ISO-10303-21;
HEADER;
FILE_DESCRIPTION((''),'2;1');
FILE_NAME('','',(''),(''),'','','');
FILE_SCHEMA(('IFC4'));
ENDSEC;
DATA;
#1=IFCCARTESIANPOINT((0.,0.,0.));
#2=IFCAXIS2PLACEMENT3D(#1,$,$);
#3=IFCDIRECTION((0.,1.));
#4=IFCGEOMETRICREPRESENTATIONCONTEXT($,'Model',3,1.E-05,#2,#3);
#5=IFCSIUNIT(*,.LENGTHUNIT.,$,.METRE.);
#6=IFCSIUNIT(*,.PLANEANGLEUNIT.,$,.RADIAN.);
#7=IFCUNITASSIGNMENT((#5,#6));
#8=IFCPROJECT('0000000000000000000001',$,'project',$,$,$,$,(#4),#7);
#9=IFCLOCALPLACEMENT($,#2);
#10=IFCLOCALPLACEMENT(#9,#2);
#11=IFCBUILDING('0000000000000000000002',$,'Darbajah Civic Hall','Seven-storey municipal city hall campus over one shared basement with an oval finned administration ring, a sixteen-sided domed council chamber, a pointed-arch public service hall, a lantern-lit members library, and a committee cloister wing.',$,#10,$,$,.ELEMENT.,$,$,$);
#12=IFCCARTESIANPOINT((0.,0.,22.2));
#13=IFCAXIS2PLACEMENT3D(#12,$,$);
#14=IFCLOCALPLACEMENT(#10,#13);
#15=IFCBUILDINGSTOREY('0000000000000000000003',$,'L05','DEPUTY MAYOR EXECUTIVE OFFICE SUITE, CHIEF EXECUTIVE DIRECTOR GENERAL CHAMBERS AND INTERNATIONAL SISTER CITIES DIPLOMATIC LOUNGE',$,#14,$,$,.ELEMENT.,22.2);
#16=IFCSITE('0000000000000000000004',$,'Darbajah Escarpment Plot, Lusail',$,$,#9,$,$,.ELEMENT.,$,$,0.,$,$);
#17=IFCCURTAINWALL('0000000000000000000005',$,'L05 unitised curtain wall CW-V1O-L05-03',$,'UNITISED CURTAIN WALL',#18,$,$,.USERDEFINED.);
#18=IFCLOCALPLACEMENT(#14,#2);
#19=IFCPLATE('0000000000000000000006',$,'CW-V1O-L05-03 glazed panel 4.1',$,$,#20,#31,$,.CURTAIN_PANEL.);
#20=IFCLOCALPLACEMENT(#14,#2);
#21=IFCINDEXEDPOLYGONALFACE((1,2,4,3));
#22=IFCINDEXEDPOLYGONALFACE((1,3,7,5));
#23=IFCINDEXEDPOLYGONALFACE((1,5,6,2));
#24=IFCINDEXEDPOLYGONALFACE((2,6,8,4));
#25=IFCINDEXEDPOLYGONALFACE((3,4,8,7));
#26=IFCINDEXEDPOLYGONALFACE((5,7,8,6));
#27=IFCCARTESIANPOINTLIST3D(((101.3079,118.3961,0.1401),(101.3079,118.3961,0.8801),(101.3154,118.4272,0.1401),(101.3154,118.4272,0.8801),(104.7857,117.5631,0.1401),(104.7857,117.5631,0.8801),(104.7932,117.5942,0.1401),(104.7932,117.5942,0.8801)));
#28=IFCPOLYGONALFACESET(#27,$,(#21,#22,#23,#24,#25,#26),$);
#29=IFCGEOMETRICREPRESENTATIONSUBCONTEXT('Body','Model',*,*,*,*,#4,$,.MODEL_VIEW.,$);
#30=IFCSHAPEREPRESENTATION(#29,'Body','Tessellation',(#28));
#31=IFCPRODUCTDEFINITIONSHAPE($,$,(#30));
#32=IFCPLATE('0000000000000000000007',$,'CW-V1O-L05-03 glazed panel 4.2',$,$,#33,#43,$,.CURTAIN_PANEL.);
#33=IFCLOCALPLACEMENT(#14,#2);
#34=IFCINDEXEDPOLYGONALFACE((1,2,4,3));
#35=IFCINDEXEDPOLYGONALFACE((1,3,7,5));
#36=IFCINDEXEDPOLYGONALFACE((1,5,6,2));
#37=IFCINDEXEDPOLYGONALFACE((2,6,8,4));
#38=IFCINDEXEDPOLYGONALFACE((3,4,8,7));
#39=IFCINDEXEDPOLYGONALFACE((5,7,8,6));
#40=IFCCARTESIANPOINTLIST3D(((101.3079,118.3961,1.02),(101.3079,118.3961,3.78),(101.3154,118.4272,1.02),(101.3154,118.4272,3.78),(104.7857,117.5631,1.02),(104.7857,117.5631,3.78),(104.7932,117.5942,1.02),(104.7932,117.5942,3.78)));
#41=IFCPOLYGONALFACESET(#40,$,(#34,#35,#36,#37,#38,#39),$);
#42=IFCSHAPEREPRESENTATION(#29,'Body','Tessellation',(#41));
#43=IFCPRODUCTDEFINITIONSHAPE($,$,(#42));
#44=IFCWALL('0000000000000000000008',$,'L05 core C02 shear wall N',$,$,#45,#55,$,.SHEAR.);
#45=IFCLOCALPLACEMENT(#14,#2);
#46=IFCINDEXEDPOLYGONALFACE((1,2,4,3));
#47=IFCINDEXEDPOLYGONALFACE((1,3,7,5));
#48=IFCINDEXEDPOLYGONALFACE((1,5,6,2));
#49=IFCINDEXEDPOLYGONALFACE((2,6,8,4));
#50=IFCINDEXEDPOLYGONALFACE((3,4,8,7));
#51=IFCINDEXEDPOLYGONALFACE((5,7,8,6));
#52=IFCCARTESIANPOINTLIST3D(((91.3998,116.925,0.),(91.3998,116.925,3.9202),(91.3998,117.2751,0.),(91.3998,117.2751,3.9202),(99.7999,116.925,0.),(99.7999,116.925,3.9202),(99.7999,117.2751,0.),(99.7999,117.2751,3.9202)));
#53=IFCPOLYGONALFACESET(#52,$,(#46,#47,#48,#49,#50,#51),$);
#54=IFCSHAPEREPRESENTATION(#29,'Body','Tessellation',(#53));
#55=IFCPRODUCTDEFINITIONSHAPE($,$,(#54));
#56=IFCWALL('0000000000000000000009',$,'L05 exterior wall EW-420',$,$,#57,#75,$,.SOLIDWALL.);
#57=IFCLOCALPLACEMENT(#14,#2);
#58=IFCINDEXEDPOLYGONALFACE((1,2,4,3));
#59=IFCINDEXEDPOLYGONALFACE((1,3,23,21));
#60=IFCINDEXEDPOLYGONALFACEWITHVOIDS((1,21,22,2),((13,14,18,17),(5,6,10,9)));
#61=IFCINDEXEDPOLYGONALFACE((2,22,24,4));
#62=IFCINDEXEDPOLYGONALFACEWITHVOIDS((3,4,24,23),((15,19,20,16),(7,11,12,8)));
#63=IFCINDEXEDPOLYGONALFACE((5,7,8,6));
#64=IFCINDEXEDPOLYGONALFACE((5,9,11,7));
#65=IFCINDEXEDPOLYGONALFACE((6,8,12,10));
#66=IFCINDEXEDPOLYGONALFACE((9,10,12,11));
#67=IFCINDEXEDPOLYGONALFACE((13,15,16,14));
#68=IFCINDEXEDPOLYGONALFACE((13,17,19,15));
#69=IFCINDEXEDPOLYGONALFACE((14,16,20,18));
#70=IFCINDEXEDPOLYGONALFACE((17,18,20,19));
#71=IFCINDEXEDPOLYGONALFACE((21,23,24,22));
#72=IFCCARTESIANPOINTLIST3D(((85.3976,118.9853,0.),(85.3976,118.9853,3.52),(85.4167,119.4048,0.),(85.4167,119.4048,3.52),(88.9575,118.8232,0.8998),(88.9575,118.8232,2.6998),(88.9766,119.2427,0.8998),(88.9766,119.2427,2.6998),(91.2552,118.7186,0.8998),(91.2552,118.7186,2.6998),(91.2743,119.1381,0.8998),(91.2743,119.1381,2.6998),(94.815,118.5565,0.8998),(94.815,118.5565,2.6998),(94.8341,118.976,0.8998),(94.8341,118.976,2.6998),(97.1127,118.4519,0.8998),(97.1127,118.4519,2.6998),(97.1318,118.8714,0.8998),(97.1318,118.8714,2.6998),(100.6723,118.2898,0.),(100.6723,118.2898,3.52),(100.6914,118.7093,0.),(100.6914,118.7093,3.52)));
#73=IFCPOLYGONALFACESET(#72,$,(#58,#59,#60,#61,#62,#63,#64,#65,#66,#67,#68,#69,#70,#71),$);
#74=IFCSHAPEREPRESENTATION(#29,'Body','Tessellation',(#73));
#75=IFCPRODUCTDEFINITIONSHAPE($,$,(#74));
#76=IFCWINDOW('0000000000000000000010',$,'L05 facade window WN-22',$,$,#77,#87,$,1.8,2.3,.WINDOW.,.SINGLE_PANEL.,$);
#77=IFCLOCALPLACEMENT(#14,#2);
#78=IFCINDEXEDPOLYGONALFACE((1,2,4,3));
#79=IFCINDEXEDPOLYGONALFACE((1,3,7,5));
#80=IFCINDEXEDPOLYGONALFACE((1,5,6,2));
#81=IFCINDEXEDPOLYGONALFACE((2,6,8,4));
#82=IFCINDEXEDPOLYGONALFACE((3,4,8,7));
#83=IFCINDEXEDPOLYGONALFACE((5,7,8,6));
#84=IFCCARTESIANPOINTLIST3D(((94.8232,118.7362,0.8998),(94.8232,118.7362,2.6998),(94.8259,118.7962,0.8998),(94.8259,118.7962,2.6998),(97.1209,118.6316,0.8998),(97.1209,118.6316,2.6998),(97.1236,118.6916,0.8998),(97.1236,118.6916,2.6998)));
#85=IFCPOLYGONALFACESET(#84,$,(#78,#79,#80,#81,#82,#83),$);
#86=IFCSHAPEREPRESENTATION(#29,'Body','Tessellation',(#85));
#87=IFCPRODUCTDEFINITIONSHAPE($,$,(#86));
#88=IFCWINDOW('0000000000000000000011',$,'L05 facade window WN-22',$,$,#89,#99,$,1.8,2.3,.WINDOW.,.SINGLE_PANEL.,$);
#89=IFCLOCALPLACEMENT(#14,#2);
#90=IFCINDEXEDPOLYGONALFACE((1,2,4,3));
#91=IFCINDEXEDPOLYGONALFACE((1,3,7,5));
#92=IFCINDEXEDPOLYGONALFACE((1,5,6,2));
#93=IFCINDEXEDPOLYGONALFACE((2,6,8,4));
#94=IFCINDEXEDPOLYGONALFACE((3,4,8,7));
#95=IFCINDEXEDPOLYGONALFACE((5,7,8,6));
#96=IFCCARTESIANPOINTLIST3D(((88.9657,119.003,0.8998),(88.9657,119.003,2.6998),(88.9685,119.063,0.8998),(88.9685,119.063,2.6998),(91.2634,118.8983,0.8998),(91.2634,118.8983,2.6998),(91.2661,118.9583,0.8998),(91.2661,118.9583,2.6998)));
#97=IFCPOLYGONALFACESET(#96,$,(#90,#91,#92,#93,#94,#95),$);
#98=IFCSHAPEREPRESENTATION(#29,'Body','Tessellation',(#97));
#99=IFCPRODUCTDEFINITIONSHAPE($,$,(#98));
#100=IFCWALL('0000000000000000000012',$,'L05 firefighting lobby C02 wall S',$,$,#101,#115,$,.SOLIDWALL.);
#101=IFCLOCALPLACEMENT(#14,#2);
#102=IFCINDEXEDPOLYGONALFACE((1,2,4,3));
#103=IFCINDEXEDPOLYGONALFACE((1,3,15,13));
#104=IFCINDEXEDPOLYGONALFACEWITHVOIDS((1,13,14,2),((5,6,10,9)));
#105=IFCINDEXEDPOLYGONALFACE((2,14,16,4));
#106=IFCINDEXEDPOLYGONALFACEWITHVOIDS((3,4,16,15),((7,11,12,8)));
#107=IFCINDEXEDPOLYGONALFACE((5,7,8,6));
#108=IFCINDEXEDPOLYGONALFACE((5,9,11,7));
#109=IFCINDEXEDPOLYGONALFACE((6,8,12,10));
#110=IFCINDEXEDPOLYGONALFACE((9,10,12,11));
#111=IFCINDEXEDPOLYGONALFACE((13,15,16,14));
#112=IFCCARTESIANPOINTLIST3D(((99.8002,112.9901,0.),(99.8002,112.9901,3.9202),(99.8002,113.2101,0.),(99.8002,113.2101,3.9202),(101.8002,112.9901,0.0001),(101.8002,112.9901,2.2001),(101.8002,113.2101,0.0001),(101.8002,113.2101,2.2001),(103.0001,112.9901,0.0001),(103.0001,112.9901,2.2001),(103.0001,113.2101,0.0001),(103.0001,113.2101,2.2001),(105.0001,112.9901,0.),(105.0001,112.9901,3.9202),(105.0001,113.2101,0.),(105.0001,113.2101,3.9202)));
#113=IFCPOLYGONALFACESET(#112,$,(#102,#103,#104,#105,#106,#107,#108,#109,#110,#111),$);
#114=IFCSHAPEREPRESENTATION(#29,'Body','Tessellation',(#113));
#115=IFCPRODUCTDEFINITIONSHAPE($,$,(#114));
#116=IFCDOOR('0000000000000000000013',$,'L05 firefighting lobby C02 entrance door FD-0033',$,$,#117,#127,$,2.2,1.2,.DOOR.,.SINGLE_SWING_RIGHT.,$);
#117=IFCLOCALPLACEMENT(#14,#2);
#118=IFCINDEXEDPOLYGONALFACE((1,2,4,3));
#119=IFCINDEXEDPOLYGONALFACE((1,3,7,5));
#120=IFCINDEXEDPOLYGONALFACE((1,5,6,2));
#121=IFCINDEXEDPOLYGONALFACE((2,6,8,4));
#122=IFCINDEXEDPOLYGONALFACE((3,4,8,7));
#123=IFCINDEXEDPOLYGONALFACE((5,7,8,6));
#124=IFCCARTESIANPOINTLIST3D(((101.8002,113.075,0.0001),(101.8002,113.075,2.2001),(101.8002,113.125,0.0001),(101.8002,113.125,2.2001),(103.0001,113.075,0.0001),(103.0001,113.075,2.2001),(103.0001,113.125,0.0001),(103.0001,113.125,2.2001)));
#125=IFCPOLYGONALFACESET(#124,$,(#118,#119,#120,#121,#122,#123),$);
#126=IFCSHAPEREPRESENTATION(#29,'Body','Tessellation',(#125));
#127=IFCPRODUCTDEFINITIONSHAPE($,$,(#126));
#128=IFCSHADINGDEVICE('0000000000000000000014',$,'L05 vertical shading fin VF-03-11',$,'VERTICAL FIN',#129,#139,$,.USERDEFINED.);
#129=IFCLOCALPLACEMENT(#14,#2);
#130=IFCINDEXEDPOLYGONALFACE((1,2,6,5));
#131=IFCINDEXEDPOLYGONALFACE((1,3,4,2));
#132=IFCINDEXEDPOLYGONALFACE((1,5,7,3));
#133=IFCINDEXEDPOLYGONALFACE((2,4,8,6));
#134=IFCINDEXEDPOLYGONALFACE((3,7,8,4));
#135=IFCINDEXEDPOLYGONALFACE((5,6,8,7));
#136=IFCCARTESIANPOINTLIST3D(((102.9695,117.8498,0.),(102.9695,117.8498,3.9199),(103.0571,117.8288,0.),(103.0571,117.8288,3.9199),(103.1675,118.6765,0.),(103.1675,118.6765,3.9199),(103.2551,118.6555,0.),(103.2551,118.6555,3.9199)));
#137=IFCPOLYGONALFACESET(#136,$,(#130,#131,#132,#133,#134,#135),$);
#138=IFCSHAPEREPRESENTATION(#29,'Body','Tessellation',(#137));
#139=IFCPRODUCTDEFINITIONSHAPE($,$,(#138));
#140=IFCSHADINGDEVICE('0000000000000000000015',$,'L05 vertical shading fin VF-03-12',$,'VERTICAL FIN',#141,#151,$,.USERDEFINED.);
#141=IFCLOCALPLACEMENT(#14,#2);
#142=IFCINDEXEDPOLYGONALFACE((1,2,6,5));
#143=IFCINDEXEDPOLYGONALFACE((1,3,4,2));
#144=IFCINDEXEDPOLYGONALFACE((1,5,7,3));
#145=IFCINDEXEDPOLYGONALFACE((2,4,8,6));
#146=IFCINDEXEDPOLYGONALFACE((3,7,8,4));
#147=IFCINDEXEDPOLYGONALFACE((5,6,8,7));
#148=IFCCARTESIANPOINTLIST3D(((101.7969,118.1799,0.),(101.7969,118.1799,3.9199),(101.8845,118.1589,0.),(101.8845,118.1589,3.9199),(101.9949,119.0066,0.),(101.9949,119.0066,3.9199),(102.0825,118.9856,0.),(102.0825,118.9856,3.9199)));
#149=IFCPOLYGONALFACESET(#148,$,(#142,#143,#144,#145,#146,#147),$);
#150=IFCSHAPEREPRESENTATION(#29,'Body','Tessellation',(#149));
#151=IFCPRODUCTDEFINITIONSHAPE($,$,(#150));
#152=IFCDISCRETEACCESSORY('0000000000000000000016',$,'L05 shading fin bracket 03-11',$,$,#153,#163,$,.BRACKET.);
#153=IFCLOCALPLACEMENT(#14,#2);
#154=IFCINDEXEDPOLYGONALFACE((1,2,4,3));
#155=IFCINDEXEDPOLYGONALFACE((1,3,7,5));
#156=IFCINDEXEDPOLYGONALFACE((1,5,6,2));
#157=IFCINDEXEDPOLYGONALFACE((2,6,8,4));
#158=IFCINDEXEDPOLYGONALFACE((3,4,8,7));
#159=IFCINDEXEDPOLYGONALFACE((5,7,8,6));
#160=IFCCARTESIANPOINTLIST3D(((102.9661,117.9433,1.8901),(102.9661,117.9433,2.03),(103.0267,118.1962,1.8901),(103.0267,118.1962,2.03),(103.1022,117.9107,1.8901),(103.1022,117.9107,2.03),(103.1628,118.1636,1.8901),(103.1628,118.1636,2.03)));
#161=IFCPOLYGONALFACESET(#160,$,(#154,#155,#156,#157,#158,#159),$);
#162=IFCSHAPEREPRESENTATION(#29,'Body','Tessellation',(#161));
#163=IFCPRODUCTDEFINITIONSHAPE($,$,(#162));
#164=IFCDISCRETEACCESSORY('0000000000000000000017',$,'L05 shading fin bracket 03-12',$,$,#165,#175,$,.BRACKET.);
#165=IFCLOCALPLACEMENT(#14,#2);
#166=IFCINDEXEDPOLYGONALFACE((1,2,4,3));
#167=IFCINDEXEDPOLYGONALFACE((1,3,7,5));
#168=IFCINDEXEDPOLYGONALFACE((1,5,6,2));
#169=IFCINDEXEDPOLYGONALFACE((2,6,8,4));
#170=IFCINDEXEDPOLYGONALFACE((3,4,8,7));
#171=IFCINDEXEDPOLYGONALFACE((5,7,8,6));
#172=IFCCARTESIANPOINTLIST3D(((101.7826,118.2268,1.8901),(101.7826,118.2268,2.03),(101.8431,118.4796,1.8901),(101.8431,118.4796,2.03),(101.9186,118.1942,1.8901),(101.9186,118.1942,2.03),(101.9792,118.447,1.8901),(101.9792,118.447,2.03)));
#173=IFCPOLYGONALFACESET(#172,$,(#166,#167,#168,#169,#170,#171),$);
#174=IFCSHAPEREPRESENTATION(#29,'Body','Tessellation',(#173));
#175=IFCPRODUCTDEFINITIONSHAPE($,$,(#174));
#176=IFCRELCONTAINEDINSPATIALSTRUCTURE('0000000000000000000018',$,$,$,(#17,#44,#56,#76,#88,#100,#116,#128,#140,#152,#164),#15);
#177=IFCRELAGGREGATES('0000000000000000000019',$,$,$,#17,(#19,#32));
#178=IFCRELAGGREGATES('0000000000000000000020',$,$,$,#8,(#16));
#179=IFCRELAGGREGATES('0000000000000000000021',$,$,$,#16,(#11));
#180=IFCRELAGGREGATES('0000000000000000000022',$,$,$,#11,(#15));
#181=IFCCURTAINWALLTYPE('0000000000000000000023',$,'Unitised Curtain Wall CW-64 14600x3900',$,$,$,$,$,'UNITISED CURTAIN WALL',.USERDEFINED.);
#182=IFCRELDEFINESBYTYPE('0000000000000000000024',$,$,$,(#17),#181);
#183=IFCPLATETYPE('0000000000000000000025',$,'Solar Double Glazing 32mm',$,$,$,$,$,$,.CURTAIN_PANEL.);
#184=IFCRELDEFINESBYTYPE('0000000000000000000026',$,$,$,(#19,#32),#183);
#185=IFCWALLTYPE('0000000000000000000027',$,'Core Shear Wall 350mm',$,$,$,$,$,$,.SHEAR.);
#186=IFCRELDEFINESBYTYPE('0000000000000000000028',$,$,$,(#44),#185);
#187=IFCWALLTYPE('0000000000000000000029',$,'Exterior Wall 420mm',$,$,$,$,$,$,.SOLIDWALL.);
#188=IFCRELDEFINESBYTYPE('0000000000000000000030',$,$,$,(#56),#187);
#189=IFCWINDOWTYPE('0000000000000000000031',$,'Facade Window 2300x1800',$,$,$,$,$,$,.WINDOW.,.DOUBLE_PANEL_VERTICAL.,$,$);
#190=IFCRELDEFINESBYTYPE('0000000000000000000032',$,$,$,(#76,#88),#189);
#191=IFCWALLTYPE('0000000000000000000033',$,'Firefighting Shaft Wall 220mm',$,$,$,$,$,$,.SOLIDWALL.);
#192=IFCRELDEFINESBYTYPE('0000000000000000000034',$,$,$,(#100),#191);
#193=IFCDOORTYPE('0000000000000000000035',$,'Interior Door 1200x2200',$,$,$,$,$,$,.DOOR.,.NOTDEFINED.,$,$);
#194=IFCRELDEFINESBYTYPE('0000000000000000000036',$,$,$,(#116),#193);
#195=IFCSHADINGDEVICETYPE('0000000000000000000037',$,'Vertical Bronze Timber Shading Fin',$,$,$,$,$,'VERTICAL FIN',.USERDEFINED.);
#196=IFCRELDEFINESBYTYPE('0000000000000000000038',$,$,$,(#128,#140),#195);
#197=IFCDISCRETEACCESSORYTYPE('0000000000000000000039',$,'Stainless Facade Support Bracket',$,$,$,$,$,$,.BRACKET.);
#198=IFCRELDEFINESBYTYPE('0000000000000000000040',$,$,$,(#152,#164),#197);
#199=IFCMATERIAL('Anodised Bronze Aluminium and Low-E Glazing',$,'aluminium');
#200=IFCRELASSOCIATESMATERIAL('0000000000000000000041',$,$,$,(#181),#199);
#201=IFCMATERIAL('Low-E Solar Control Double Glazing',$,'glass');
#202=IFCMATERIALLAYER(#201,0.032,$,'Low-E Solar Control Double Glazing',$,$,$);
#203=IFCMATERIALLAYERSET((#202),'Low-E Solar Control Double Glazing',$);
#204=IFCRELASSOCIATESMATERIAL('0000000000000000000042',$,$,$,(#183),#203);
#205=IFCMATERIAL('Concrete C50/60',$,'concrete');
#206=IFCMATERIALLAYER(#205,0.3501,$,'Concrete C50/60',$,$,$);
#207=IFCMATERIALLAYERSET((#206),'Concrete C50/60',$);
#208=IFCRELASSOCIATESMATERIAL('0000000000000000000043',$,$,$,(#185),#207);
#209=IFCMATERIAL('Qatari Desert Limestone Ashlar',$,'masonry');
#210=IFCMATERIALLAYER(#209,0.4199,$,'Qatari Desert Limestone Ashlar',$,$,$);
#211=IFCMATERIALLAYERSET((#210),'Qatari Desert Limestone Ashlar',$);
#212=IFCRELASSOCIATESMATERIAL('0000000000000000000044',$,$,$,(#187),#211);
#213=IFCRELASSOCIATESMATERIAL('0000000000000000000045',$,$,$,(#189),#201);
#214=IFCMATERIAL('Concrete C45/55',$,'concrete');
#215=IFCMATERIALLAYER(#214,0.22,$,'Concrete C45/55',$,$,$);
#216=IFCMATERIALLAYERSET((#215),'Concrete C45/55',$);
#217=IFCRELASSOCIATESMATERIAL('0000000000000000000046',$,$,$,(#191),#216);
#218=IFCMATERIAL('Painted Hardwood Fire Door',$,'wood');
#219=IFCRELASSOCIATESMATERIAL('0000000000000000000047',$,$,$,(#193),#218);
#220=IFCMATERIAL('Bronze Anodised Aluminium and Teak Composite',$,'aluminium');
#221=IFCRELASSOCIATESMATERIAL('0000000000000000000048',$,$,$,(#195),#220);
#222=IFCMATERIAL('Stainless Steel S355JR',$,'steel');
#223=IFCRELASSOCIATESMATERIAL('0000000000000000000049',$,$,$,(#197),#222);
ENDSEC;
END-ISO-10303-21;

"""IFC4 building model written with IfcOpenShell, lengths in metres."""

from ifc_helpers import new_model, si_unit, direction, frame, frame_2d, origin, origin_2d, place, context, subcontext, project, spatial, rectangle, extrude, material, layer, layer_set, type_object, element, fill, aggregate, save


model = new_model("IFC4")

# Units and contexts
model_context = context("Model", 3, precision=1e-05, world=origin(), true_north=direction((0.0, 1.0)))
body_context = subcontext(model_context, "Body", "Model", "MODEL_VIEW")
ifc_project = project(units=[si_unit("LENGTHUNIT", "METRE"), si_unit("PLANEANGLEUNIT", "RADIAN")], contexts=[model_context])

# Site, building, storey
site_placement = place(None, origin())
site = spatial("IfcSite", under=ifc_project, at=site_placement, Name="Darbajah Escarpment Plot, Lusail", CompositionType="ELEMENT", RefElevation=0.0)
building_placement = place(site_placement, origin())
building = spatial("IfcBuilding", under=site, at=building_placement, Name="Darbajah Civic Hall", Description="Seven-storey municipal city hall campus over one shared basement with an oval finned administration ring, a sixteen-sided domed council chamber, a pointed-arch public service hall, a lantern-lit members library, and a committee cloister wing.", CompositionType="ELEMENT")
storey_placement = place(building_placement, frame((0.0, 0.0, 22.2)))
storey = spatial("IfcBuildingStorey", under=building, at=storey_placement, Name="L05", Description="DEPUTY MAYOR EXECUTIVE OFFICE SUITE, CHIEF EXECUTIVE DIRECTOR GENERAL CHAMBERS AND INTERNATIONAL SISTER CITIES DIPLOMATIC LOUNGE", CompositionType="ELEMENT", Elevation=22.2)

# Shared definitions
ifc_material_1 = material(Name="Concrete C45/55", Category="concrete")

# Curtain wall
ifc_material_2 = material(Name="Anodised Bronze Aluminium and Low-E Glazing", Category="aluminium")
curtain_wall_type_1 = type_object("IfcCurtainWallType", Name="Unitised Curtain Wall CW-64 14600x3900", ElementType="UNITISED CURTAIN WALL", PredefinedType="USERDEFINED", material=ifc_material_2)
curtain_wall_1_placement = place(storey_placement, origin())
curtain_wall_1 = element("IfcCurtainWall", 1, at=curtain_wall_1_placement, inside=storey, type_object=curtain_wall_type_1, Name="L05 unitised curtain wall CW-V1O-L05-03", ObjectType="UNITISED CURTAIN WALL", PredefinedType="USERDEFINED")

# Plates
ifc_material_3 = material(Name="Low-E Solar Control Double Glazing", Category="glass")
ifc_layer_1 = layer(ifc_material_3, 0.032, Name="Low-E Solar Control Double Glazing")
ifc_layer_set_1 = layer_set([ifc_layer_1], Name="Low-E Solar Control Double Glazing")
plate_type_1 = type_object("IfcPlateType", Name="Solar Double Glazing 32mm", PredefinedType="CURTAIN_PANEL", material=ifc_layer_set_1)
plate_1_placement = place(storey_placement, frame((103.0505, 117.9951, 0.1401), z_axis=(0.0, 0.0, 1.0), x_axis=(-0.972492, 0.232936, 0.0)))
plate_1 = element("IfcPlate", 2, at=plate_1_placement, type_object=plate_type_1, Name="CW-V1O-L05-03 glazed panel 4.1", PredefinedType="CURTAIN_PANEL", context=body_context, shape_type="SweptSolid", body=[
    extrude(rectangle(XDim=3.5762, YDim=0.032, at=origin_2d()), origin(), (0.0, 0.0, 1.0), 0.74),
])
plate_2_placement = place(storey_placement, frame((103.0505, 117.9951, 1.02), z_axis=(0.0, 0.0, 1.0), x_axis=(-0.972492, 0.232936, 0.0)))
plate_2 = element("IfcPlate", 3, at=plate_2_placement, type_object=plate_type_1, Name="CW-V1O-L05-03 glazed panel 4.2", PredefinedType="CURTAIN_PANEL", context=body_context, shape_type="SweptSolid", body=[
    extrude(rectangle(XDim=3.5762, YDim=0.032, at=origin_2d()), origin(), (0.0, 0.0, 1.0), 2.76),
])
aggregate(curtain_wall_1, [plate_1, plate_2])

# Wall
ifc_material_4 = material(Name="Concrete C50/60", Category="concrete")
ifc_layer_2 = layer(ifc_material_4, 0.3501, Name="Concrete C50/60")
ifc_layer_set_2 = layer_set([ifc_layer_2], Name="Concrete C50/60")
wall_type_1 = type_object("IfcWallType", Name="Core Shear Wall 350mm", PredefinedType="SHEAR", material=ifc_layer_set_2)
wall_1_placement = place(storey_placement, frame((99.8, 117.1001, 0.0), z_axis=(0.0, 0.0, 1.0), x_axis=(-1.0, 0.0, 0.0)))
element("IfcWall", 4, at=wall_1_placement, inside=storey, type_object=wall_type_1, Name="L05 core C02 shear wall N", PredefinedType="SHEAR", context=body_context, shape_type="SweptSolid", body=[
    extrude(rectangle(XDim=8.4001, YDim=0.3501, at=frame_2d((4.2002, 0.0))), origin(), (0.0, 0.0, 1.0), 3.9202),
])

# Wall, openings, windows
ifc_material_5 = material(Name="Qatari Desert Limestone Ashlar", Category="masonry")
ifc_layer_3 = layer(ifc_material_5, 0.4199, Name="Qatari Desert Limestone Ashlar")
ifc_layer_set_3 = layer_set([ifc_layer_3], Name="Qatari Desert Limestone Ashlar")
wall_type_2 = type_object("IfcWallType", Name="Exterior Wall 420mm", PredefinedType="SOLIDWALL", material=ifc_layer_set_3)
wall_2_placement = place(storey_placement, frame((100.6819, 118.4995, 0.0), z_axis=(0.0, 0.0, 1.0), x_axis=(-0.998965, 0.04549, 0.0)))
wall_2 = element("IfcWall", 5, at=wall_2_placement, inside=storey, type_object=wall_type_2, Name="L05 exterior wall EW-420", PredefinedType="SOLIDWALL", context=body_context, shape_type="SweptSolid", body=[
    extrude(rectangle(XDim=15.2905, YDim=0.4199, at=frame_2d((7.6453, 0.0))), origin(), (0.0, 0.0, 1.0), 3.52),
])
opening_1_placement = place(wall_2_placement, frame((3.5635, 0.0, 0.8999)))
opening_1 = element("IfcOpeningElement", 6, at=opening_1_placement, cuts=wall_2, PredefinedType="OPENING", context=body_context, shape_type="SweptSolid", body=[
    extrude(rectangle(XDim=2.3, YDim=1.8, at=frame_2d((1.1499, 0.8999))), frame((0.0, 0.22, 0.0), z_axis=(0.0, -1.0, 0.0), x_axis=(1.0, 0.0, 0.0)), (0.0, 0.0, 1.0), 0.4399),
])
opening_2_placement = place(wall_2_placement, frame((9.427, 0.0, 0.8999)))
opening_2 = element("IfcOpeningElement", 7, at=opening_2_placement, cuts=wall_2, PredefinedType="OPENING", context=body_context, shape_type="SweptSolid", body=[
    extrude(rectangle(XDim=2.3, YDim=1.8, at=frame_2d((1.1499, 0.8999))), frame((0.0, 0.22, 0.0), z_axis=(0.0, -1.0, 0.0), x_axis=(1.0, 0.0, 0.0)), (0.0, 0.0, 1.0), 0.4399),
])
window_type = type_object("IfcWindowType", Name="Facade Window 2300x1800", PartitioningType="DOUBLE_PANEL_VERTICAL", PredefinedType="WINDOW", material=ifc_material_3)
window_1_placement = place(opening_1_placement, origin())
window_1 = element("IfcWindow", 8, at=window_1_placement, inside=storey, type_object=window_type, Name="L05 facade window WN-22", OverallHeight=1.8, OverallWidth=2.3, PartitioningType="SINGLE_PANEL", PredefinedType="WINDOW", context=body_context, shape_type="SweptSolid", body=[
    extrude(rectangle(XDim=2.3, YDim=1.8, at=frame_2d((1.1499, 0.8999))), frame((0.0, 0.03, 0.0), z_axis=(0.0, -1.0, 0.0), x_axis=(1.0, 0.0, 0.0)), (0.0, 0.0, 1.0), 0.0601),
])
fill(opening_1, window_1)
window_2_placement = place(opening_2_placement, origin())
window_2 = element("IfcWindow", 9, at=window_2_placement, inside=storey, type_object=window_type, Name="L05 facade window WN-22", OverallHeight=1.8, OverallWidth=2.3, PartitioningType="SINGLE_PANEL", PredefinedType="WINDOW", context=body_context, shape_type="SweptSolid", body=[
    extrude(rectangle(XDim=2.3, YDim=1.8, at=frame_2d((1.1499, 0.8999))), frame((0.0, 0.03, 0.0), z_axis=(0.0, -1.0, 0.0), x_axis=(1.0, 0.0, 0.0)), (0.0, 0.0, 1.0), 0.0601),
])
fill(opening_2, window_2)

# Wall, opening, door
ifc_layer_4 = layer(ifc_material_1, 0.22, Name="Concrete C45/55")
ifc_layer_set_4 = layer_set([ifc_layer_4], Name="Concrete C45/55")
wall_type_3 = type_object("IfcWallType", Name="Firefighting Shaft Wall 220mm", PredefinedType="SOLIDWALL", material=ifc_layer_set_4)
wall_3_placement = place(storey_placement, frame((99.8, 113.1001, 0.0), z_axis=(0.0, 0.0, 1.0), x_axis=(1.0, 0.0, 0.0)))
wall_3 = element("IfcWall", 10, at=wall_3_placement, inside=storey, type_object=wall_type_3, Name="L05 firefighting lobby C02 wall S", PredefinedType="SOLIDWALL", context=body_context, shape_type="SweptSolid", body=[
    extrude(rectangle(XDim=5.2, YDim=0.22, at=frame_2d((2.6001, 0.0))), origin(), (0.0, 0.0, 1.0), 3.9202),
])
opening_3_placement = place(wall_3_placement, frame((2.0, 0.0, 0.0)))
opening_3 = element("IfcOpeningElement", 11, at=opening_3_placement, cuts=wall_3, PredefinedType="OPENING", context=body_context, shape_type="SweptSolid", body=[
    extrude(rectangle(XDim=1.2, YDim=2.2, at=frame_2d((0.6001, 1.1001))), frame((0.0, 0.1199, 0.0), z_axis=(0.0, -1.0, 0.0), x_axis=(1.0, 0.0, 0.0)), (0.0, 0.0, 1.0), 0.24),
])
ifc_material_6 = material(Name="Painted Hardwood Fire Door", Category="wood")
door_type = type_object("IfcDoorType", Name="Interior Door 1200x2200", OperationType="NOTDEFINED", PredefinedType="DOOR", material=ifc_material_6)
door_placement = place(opening_3_placement, origin())
door = element("IfcDoor", 12, at=door_placement, inside=storey, type_object=door_type, Name="L05 firefighting lobby C02 entrance door FD-0033", OperationType="SINGLE_SWING_RIGHT", OverallHeight=2.2, OverallWidth=1.2, PredefinedType="DOOR", context=body_context, shape_type="SweptSolid", body=[
    extrude(rectangle(XDim=1.2, YDim=2.2, at=frame_2d((0.6001, 1.1001))), frame((0.0, 0.0249, 0.0), z_axis=(0.0, -1.0, 0.0), x_axis=(1.0, 0.0, 0.0)), (0.0, 0.0, 1.0), 0.05),
])
fill(opening_3, door)

# Shading devices
ifc_material_7 = material(Name="Bronze Anodised Aluminium and Teak Composite", Category="aluminium")
shading_device_type = type_object("IfcShadingDeviceType", Name="Vertical Bronze Timber Shading Fin", ElementType="VERTICAL FIN", PredefinedType="USERDEFINED", material=ifc_material_7)
for number, where, z_axis, x_axis, name in (
    (13, (103.1123, 118.2527, 0.0), (0.0, 0.0, 1.0), (0.232936, 0.972492, 0.0), "L05 vertical shading fin VF-03-11"),
    (14, (101.9397, 118.5828, 0.0), (0.0, 0.0, 1.0), (0.232936, 0.972492, 0.0), "L05 vertical shading fin VF-03-12"),
):
    element("IfcShadingDevice", number, at=place(storey_placement, frame(where, z_axis=z_axis, x_axis=x_axis)), inside=storey, type_object=shading_device_type, Name=name, ObjectType="VERTICAL FIN", PredefinedType="USERDEFINED", context=body_context, shape_type="SweptSolid", body=[
        extrude(rectangle(XDim=0.8501, YDim=0.0901, at=origin_2d()), origin(), (0.0, 0.0, 1.0), 3.9199),
    ])

# Discrete accessories
ifc_material_8 = material(Name="Stainless Steel S355JR", Category="steel")
discrete_accessory_type = type_object("IfcDiscreteAccessoryType", Name="Stainless Facade Support Bracket", PredefinedType="BRACKET", material=ifc_material_8)
for number, where, z_axis, x_axis, name in (
    (15, (103.0645, 118.0535, 1.8901), (0.0, 0.0, 1.0), (0.232936, 0.972492, 0.0), "L05 shading fin bracket 03-11"),
    (16, (101.8809, 118.3369, 1.8901), (0.0, 0.0, 1.0), (0.232936, 0.972492, 0.0), "L05 shading fin bracket 03-12"),
):
    element("IfcDiscreteAccessory", number, at=place(storey_placement, frame(where, z_axis=z_axis, x_axis=x_axis)), inside=storey, type_object=discrete_accessory_type, Name=name, PredefinedType="BRACKET", context=body_context, shape_type="SweptSolid", body=[
        extrude(rectangle(XDim=0.26, YDim=0.1399, at=origin_2d()), origin(), (0.0, 0.0, 1.0), 0.1399),
    ])

save(model, "model.ifc")
